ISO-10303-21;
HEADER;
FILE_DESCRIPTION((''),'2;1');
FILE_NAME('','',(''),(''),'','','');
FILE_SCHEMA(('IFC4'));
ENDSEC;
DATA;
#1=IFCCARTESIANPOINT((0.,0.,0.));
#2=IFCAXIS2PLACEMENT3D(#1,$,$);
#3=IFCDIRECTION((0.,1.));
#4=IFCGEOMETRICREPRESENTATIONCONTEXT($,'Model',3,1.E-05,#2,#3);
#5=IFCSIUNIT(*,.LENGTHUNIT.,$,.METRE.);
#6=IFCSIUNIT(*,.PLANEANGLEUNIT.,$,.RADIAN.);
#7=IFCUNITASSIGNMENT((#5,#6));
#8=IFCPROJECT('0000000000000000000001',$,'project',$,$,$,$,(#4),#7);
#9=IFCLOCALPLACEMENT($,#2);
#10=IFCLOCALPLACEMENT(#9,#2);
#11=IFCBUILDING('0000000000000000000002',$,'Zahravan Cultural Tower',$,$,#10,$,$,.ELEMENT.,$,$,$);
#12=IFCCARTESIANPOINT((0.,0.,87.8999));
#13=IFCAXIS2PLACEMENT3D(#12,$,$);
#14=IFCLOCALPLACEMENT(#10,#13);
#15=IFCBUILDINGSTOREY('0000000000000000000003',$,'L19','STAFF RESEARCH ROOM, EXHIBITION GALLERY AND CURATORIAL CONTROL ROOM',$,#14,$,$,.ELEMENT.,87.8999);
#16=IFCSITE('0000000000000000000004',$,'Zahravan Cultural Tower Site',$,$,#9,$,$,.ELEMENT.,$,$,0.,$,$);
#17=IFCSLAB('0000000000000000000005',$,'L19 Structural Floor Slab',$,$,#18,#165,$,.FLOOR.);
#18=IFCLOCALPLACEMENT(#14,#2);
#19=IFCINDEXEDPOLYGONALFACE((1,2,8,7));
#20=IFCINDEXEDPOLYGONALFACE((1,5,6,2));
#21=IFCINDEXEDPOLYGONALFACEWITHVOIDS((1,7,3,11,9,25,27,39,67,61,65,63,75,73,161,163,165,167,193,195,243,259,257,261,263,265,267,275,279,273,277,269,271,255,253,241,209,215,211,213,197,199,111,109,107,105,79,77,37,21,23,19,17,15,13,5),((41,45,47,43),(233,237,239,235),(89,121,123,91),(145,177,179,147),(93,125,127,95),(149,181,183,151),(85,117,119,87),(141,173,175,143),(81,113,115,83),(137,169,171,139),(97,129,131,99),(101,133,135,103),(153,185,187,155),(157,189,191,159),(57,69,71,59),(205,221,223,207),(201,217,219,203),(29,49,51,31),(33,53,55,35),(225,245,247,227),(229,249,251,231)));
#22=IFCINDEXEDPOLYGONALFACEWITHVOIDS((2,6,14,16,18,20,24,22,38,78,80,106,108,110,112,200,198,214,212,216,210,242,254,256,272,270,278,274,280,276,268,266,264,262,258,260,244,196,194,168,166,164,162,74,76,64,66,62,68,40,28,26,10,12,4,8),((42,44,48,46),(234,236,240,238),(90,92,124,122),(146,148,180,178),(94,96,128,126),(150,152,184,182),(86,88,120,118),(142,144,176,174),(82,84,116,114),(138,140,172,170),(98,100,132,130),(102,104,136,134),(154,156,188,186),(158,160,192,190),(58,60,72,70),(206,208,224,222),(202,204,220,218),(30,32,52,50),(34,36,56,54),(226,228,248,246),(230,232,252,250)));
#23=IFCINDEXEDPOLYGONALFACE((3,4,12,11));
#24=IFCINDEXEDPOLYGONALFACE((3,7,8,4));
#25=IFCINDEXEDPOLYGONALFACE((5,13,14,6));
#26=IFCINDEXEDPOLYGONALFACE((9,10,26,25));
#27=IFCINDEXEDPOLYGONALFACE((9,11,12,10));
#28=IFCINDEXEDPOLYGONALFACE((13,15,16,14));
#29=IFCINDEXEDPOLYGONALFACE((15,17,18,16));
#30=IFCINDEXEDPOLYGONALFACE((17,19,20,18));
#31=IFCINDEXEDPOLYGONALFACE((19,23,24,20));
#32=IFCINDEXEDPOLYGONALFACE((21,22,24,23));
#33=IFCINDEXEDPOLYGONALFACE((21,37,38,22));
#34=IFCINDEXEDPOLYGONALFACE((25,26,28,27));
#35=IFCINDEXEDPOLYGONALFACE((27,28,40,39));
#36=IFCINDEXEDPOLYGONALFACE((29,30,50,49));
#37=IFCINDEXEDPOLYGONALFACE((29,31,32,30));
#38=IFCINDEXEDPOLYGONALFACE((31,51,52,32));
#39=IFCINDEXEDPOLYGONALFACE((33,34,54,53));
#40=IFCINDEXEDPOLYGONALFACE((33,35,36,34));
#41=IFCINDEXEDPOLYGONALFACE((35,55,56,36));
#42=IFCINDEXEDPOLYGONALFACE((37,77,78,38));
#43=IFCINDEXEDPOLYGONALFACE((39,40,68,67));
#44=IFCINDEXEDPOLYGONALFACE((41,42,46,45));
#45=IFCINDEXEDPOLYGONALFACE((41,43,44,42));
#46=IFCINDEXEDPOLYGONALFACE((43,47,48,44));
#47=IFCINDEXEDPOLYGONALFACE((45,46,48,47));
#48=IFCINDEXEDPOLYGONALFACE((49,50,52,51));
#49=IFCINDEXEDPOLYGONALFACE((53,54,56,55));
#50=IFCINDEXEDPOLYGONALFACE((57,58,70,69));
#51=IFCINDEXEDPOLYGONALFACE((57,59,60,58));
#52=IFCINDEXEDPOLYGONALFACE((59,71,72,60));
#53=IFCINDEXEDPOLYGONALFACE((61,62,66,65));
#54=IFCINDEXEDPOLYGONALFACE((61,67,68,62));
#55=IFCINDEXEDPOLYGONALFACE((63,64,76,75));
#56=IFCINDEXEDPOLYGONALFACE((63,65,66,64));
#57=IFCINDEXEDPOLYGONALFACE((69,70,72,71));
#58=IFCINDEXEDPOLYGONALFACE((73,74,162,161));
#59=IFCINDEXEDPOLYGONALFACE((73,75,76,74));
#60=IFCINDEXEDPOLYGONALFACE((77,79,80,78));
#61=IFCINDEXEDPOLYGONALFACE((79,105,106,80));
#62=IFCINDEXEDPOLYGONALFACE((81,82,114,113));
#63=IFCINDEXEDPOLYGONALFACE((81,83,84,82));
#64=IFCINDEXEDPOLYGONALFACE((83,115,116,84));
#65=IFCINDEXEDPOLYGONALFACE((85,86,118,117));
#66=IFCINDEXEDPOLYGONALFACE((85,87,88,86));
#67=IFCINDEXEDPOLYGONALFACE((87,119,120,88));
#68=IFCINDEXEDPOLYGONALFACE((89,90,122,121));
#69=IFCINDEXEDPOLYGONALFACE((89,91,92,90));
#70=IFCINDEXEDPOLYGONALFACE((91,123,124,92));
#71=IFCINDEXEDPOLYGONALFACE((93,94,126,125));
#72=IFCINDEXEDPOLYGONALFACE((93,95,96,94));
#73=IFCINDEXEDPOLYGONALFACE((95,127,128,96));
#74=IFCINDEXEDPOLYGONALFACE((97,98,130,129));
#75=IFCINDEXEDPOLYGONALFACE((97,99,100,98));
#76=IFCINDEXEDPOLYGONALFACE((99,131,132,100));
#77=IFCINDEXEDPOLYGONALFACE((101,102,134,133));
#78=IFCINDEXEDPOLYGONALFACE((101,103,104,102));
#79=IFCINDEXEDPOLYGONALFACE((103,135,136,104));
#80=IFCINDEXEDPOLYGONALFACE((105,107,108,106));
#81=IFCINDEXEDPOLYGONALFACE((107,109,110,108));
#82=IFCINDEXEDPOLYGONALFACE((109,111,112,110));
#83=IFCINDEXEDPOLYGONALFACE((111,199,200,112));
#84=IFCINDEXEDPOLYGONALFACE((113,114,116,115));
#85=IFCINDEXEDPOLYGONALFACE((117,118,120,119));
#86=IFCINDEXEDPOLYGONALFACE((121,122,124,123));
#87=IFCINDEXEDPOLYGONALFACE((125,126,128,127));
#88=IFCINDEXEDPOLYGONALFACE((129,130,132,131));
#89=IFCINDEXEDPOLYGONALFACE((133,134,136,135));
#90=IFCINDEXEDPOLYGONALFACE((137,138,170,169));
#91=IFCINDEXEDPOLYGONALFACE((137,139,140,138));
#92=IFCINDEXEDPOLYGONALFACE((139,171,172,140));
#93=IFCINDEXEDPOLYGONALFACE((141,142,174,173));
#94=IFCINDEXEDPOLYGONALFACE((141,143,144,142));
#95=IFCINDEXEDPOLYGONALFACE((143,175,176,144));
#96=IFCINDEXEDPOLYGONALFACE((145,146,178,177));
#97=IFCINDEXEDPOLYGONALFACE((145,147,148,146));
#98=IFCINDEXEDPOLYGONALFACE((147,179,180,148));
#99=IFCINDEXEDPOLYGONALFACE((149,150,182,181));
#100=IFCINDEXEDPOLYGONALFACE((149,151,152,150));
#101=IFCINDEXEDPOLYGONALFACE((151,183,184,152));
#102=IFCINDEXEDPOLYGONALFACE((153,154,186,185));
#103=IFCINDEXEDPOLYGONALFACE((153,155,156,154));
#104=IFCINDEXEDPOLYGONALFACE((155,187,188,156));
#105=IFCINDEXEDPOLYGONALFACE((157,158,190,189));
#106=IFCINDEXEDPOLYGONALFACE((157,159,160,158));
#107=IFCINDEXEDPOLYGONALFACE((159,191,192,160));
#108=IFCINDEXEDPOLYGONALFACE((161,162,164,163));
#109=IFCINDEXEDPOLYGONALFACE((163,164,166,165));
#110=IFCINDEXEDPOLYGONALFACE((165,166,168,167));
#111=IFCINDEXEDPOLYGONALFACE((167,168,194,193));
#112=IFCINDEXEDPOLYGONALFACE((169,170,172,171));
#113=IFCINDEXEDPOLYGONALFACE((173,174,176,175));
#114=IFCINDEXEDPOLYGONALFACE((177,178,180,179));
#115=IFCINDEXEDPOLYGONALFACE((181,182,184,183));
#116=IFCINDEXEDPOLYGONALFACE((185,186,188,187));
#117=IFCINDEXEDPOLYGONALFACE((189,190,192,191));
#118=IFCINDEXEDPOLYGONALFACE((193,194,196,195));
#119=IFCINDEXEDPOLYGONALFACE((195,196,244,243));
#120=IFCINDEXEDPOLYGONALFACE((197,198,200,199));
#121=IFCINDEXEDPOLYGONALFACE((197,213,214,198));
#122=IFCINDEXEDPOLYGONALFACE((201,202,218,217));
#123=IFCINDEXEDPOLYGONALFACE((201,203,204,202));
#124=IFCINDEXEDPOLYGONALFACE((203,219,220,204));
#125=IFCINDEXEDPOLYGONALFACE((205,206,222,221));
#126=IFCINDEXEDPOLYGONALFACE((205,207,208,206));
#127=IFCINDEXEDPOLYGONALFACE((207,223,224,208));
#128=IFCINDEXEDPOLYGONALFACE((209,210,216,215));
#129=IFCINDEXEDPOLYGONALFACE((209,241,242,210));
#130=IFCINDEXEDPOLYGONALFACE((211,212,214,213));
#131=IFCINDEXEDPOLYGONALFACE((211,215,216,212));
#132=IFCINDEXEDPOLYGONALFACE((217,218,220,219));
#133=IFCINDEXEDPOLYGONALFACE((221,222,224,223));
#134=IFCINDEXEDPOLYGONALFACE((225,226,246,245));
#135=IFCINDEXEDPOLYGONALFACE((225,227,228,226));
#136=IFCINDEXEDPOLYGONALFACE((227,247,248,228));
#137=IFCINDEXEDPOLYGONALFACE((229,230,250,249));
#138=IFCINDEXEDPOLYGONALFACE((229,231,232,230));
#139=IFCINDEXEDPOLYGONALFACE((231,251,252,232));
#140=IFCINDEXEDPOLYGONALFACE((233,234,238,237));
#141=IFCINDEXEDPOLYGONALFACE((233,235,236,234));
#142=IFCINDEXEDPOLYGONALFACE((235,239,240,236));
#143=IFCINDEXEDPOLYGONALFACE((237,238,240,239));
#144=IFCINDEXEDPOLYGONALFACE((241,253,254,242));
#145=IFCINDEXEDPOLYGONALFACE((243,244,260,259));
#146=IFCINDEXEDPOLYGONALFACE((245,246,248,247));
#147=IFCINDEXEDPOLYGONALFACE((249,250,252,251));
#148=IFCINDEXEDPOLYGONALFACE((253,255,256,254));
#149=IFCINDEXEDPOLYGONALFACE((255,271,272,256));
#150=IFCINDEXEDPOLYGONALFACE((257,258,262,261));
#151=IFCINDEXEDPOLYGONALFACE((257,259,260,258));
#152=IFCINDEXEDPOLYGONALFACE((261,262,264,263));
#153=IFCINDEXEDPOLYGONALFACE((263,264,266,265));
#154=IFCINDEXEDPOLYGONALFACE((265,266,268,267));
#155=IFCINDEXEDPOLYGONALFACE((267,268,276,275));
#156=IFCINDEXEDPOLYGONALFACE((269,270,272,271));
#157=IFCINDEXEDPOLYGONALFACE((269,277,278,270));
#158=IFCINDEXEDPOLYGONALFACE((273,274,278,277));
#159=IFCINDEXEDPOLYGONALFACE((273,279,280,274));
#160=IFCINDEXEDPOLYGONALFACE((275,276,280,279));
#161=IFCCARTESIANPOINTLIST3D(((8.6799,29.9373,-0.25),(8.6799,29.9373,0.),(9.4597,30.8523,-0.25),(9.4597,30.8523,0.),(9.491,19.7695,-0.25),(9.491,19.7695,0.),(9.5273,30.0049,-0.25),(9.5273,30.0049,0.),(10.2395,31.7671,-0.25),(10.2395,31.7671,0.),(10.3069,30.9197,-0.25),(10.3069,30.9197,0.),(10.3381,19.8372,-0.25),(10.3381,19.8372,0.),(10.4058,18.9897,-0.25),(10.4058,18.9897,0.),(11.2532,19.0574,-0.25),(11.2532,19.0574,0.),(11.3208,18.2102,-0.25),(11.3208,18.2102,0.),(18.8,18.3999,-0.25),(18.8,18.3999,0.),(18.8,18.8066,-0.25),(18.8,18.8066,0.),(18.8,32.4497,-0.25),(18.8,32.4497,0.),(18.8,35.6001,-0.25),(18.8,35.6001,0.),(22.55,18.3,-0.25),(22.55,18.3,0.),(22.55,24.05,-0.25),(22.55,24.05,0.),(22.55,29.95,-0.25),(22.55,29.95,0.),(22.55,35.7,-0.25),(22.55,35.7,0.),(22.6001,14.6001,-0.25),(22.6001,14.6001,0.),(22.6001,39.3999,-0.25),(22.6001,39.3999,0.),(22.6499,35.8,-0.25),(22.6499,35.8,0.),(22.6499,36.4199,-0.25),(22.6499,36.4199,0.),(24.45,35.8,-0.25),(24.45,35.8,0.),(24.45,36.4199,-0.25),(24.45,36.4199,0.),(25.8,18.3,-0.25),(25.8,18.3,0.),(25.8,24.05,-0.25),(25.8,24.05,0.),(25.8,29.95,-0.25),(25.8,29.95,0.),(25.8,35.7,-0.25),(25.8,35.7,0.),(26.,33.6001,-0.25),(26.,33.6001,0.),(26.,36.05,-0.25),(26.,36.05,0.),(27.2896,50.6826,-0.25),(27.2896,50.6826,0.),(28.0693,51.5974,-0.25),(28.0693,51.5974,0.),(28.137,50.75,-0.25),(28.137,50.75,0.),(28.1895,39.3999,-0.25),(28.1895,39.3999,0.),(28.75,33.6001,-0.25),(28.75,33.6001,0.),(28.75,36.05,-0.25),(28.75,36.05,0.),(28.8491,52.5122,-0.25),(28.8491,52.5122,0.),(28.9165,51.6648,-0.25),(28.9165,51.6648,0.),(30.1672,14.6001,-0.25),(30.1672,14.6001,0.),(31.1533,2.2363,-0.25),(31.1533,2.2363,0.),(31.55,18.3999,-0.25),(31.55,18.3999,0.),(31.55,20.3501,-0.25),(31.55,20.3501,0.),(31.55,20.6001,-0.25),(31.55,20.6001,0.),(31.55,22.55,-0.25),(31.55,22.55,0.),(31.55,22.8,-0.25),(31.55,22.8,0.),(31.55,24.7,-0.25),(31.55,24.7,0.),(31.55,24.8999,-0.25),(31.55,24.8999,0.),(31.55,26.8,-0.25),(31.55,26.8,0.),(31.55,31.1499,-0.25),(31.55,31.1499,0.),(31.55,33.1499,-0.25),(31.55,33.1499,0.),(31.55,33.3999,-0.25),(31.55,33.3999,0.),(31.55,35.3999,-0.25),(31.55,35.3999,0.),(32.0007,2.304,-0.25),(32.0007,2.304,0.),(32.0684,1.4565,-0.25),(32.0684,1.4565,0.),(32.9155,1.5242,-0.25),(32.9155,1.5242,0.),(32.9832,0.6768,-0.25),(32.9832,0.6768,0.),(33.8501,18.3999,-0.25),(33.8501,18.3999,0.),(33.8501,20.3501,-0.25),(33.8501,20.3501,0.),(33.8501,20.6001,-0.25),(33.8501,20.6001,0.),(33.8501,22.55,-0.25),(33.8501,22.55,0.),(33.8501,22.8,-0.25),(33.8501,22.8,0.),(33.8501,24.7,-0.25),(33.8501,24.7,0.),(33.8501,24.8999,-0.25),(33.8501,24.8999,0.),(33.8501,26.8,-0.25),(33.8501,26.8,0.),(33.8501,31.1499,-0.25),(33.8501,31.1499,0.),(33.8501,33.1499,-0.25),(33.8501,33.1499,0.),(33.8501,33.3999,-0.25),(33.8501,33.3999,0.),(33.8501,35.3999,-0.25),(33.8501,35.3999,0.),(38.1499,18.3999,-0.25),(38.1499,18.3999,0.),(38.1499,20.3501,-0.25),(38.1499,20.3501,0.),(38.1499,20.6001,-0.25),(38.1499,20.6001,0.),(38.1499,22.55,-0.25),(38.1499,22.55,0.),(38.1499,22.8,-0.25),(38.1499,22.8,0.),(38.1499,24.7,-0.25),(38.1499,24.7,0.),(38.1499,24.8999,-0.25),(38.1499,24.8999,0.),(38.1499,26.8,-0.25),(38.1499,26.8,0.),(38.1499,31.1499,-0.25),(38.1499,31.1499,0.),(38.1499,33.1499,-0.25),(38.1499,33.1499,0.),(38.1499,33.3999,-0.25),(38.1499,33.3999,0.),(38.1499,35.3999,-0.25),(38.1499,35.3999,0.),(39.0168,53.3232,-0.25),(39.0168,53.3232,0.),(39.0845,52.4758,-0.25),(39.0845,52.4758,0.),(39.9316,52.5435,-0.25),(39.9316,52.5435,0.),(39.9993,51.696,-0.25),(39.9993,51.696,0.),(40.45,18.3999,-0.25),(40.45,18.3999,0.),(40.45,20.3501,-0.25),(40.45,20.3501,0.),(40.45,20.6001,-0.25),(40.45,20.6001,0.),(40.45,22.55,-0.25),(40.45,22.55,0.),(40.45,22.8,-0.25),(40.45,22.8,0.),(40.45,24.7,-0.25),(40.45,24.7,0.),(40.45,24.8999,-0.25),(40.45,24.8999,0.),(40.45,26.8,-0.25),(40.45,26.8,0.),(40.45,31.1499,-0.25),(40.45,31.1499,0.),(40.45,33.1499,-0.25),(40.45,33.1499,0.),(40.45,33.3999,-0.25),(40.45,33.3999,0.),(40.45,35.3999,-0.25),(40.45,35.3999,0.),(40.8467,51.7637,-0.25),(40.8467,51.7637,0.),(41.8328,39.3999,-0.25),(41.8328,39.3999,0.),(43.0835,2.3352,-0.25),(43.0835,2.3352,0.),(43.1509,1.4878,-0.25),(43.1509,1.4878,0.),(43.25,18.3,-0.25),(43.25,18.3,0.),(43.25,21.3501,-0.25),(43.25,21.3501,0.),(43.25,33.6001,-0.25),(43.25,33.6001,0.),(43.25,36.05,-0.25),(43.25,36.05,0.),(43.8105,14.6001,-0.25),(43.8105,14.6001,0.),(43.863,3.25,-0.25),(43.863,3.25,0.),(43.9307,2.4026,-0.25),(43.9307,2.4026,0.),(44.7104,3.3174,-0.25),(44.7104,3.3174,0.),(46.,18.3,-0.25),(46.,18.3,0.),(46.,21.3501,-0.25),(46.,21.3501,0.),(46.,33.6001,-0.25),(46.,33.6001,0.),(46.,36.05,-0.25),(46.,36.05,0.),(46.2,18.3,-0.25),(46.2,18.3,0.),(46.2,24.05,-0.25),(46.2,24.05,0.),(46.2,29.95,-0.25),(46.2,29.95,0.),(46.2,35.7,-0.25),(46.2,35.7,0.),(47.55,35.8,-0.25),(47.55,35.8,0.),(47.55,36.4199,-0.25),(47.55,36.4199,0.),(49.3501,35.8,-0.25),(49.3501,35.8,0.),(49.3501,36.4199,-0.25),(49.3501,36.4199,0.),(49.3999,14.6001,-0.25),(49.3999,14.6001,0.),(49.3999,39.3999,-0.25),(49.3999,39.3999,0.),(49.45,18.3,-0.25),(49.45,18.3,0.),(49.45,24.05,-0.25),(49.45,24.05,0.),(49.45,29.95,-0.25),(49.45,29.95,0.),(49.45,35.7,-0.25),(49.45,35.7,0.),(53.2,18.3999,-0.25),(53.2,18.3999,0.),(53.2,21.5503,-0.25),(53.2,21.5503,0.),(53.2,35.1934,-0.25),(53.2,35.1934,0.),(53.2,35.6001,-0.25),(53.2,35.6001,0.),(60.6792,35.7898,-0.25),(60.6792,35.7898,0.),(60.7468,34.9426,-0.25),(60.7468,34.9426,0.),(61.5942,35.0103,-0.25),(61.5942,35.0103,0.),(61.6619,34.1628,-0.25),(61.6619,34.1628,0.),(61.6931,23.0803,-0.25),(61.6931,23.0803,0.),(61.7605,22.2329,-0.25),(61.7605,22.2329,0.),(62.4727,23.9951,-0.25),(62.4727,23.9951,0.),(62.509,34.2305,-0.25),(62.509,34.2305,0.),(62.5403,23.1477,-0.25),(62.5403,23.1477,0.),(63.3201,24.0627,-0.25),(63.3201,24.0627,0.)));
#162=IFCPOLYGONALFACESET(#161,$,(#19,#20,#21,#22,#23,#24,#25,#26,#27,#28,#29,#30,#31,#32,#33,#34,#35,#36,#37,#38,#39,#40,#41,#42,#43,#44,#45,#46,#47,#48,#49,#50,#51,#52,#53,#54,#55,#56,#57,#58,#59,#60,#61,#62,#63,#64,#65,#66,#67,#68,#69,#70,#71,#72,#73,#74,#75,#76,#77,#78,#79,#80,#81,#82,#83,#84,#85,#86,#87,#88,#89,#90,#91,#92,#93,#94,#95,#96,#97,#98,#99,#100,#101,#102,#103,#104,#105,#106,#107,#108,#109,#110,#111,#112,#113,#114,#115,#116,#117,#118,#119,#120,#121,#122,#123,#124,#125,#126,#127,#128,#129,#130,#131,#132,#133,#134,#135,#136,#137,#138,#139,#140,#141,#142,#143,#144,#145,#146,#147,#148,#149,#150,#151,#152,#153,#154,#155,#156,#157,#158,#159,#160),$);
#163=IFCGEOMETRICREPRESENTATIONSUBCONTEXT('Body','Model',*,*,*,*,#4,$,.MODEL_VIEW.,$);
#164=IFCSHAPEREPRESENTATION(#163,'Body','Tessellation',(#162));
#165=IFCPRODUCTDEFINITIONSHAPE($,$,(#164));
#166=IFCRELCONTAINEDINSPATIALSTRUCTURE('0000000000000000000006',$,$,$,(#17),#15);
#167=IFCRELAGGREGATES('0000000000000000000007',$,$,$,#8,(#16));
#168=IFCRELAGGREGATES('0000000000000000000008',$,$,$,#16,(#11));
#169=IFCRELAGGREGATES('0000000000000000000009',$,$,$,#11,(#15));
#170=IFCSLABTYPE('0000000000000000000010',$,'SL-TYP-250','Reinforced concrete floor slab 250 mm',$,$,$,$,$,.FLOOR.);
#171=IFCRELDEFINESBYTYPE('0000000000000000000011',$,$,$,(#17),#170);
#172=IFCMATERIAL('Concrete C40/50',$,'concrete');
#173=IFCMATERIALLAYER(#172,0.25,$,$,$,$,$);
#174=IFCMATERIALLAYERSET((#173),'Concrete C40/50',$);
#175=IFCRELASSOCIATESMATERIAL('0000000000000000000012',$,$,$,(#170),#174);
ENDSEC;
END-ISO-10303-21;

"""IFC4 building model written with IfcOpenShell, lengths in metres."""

from ifc_helpers import new_model, si_unit, direction, frame, origin, place, context, subcontext, project, spatial, polyline, outline, extrude, material, layer, layer_set, type_object, element, save


model = new_model("IFC4")

# Units and contexts
model_context = context("Model", 3, precision=1e-05, world=origin(), true_north=direction((0.0, 1.0)))
body_context = subcontext(model_context, "Body", "Model", "MODEL_VIEW")
ifc_project = project(units=[si_unit("LENGTHUNIT", "METRE"), si_unit("PLANEANGLEUNIT", "RADIAN")], contexts=[model_context])

# Site, building, storey
site_placement = place(None, origin())
site = spatial("IfcSite", under=ifc_project, at=site_placement, Name="Zahravan Cultural Tower Site", CompositionType="ELEMENT", RefElevation=0.0)
building_placement = place(site_placement, origin())
building = spatial("IfcBuilding", under=site, at=building_placement, Name="Zahravan Cultural Tower", CompositionType="ELEMENT")
storey_placement = place(building_placement, frame((0.0, 0.0, 87.8999)))
storey = spatial("IfcBuildingStorey", under=building, at=storey_placement, Name="L19", Description="STAFF RESEARCH ROOM, EXHIBITION GALLERY AND CURATORIAL CONTROL ROOM", CompositionType="ELEMENT", Elevation=87.8999)

# Slab
ifc_material_1 = material(Name="Concrete C40/50", Category="concrete")
ifc_layer_1 = layer(ifc_material_1, 0.25)
ifc_layer_set_1 = layer_set([ifc_layer_1], Name="Concrete C40/50")
slab_type_1 = type_object("IfcSlabType", Name="SL-TYP-250", Description="Reinforced concrete floor slab 250 mm", PredefinedType="FLOOR", material=ifc_layer_set_1)
slab_1_placement = place(storey_placement, frame((0.0, 0.0, -0.25)))
element("IfcSlab", 1, at=slab_1_placement, inside=storey, type_object=slab_type_1, Name="L19 Structural Floor Slab", PredefinedType="FLOOR", context=body_context, shape_type="SweptSolid", body=[
    extrude(outline(polyline([(53.2, 35.1934), (53.2, 35.6001), (49.3999, 39.3999), (41.8328, 39.3999), (40.8467, 51.7637), (39.9993, 51.696), (39.9316, 52.5435), (39.0845, 52.4758), (39.0168, 53.3232), (28.8491, 52.5122), (28.9165, 51.6648), (28.0693, 51.5974), (28.137, 50.75), (27.2896, 50.6826), (28.1895, 39.3999), (22.6001, 39.3999), (18.8, 35.6001), (18.8, 32.4497), (10.2395, 31.7671), (10.3069, 30.9197), (9.4597, 30.8523), (9.5273, 30.0049), (8.6799, 29.9373), (9.491, 19.7695), (10.3381, 19.8372), (10.4058, 18.9897), (11.2532, 19.0574), (11.3208, 18.2102), (18.8, 18.8066), (18.8, 18.3999), (22.6001, 14.6001), (30.1672, 14.6001), (31.1533, 2.2363), (32.0007, 2.304), (32.0684, 1.4565), (32.9155, 1.5242), (32.9832, 0.6768), (43.1509, 1.4878), (43.0835, 2.3352), (43.9307, 2.4026), (43.863, 3.25), (44.7104, 3.3174), (43.8105, 14.6001), (49.3999, 14.6001), (53.2, 18.3999), (53.2, 21.5503), (61.7605, 22.2329), (61.6931, 23.0803), (62.5403, 23.1477), (62.4727, 23.9951), (63.3201, 24.0627), (62.509, 34.2305), (61.6619, 34.1628), (61.5942, 35.0103), (60.7468, 34.9426), (60.6792, 35.7898), (53.2, 35.1934)]), holes=[polyline([(22.55, 29.95), (22.55, 35.7), (25.8, 35.7), (25.8, 29.95), (22.55, 29.95)]), polyline([(22.55, 18.3), (22.55, 24.05), (25.8, 24.05), (25.8, 18.3), (22.55, 18.3)]), polyline([(46.2, 29.95), (46.2, 35.7), (49.45, 35.7), (49.45, 29.95), (46.2, 29.95)]), polyline([(46.2, 18.3), (46.2, 24.05), (49.45, 24.05), (49.45, 18.3), (46.2, 18.3)]), polyline([(26.0, 33.6001), (26.0, 36.05), (28.75, 36.05), (28.75, 33.6001), (26.0, 33.6001)]), polyline([(43.25, 33.6001), (43.25, 36.05), (46.0, 36.05), (46.0, 33.6001), (43.25, 33.6001)]), polyline([(43.25, 18.3), (43.25, 21.3501), (46.0, 21.3501), (46.0, 18.3), (43.25, 18.3)]), polyline([(31.55, 33.3999), (31.55, 35.3999), (33.8501, 35.3999), (33.8501, 33.3999), (31.55, 33.3999)]), polyline([(31.55, 31.1499), (31.55, 33.1499), (33.8501, 33.1499), (33.8501, 31.1499), (31.55, 31.1499)]), polyline([(38.1499, 33.3999), (38.1499, 35.3999), (40.45, 35.3999), (40.45, 33.3999), (38.1499, 33.3999)]), polyline([(38.1499, 31.1499), (38.1499, 33.1499), (40.45, 33.1499), (40.45, 31.1499), (38.1499, 31.1499)]), polyline([(31.55, 20.6001), (31.55, 22.55), (33.8501, 22.55), (33.8501, 20.6001), (31.55, 20.6001)]), polyline([(31.55, 18.3999), (31.55, 20.3501), (33.8501, 20.3501), (33.8501, 18.3999), (31.55, 18.3999)]), polyline([(38.1499, 20.6001), (38.1499, 22.55), (40.45, 22.55), (40.45, 20.6001), (38.1499, 20.6001)]), polyline([(38.1499, 18.3999), (38.1499, 20.3501), (40.45, 20.3501), (40.45, 18.3999), (38.1499, 18.3999)]), polyline([(31.55, 24.8999), (31.55, 26.8), (33.8501, 26.8), (33.8501, 24.8999), (31.55, 24.8999)]), polyline([(31.55, 22.8), (31.55, 24.7), (33.8501, 24.7), (33.8501, 22.8), (31.55, 22.8)]), polyline([(38.1499, 24.8999), (38.1499, 26.8), (40.45, 26.8), (40.45, 24.8999), (38.1499, 24.8999)]), polyline([(38.1499, 22.8), (38.1499, 24.7), (40.45, 24.7), (40.45, 22.8), (38.1499, 22.8)]), polyline([(22.6499, 35.8), (22.6499, 36.4199), (24.45, 36.4199), (24.45, 35.8), (22.6499, 35.8)]), polyline([(47.55, 35.8), (47.55, 36.4199), (49.3501, 36.4199), (49.3501, 35.8), (47.55, 35.8)])]), origin(), (0.0, 0.0, 1.0), 0.25),
])

save(model, "model.ifc")
